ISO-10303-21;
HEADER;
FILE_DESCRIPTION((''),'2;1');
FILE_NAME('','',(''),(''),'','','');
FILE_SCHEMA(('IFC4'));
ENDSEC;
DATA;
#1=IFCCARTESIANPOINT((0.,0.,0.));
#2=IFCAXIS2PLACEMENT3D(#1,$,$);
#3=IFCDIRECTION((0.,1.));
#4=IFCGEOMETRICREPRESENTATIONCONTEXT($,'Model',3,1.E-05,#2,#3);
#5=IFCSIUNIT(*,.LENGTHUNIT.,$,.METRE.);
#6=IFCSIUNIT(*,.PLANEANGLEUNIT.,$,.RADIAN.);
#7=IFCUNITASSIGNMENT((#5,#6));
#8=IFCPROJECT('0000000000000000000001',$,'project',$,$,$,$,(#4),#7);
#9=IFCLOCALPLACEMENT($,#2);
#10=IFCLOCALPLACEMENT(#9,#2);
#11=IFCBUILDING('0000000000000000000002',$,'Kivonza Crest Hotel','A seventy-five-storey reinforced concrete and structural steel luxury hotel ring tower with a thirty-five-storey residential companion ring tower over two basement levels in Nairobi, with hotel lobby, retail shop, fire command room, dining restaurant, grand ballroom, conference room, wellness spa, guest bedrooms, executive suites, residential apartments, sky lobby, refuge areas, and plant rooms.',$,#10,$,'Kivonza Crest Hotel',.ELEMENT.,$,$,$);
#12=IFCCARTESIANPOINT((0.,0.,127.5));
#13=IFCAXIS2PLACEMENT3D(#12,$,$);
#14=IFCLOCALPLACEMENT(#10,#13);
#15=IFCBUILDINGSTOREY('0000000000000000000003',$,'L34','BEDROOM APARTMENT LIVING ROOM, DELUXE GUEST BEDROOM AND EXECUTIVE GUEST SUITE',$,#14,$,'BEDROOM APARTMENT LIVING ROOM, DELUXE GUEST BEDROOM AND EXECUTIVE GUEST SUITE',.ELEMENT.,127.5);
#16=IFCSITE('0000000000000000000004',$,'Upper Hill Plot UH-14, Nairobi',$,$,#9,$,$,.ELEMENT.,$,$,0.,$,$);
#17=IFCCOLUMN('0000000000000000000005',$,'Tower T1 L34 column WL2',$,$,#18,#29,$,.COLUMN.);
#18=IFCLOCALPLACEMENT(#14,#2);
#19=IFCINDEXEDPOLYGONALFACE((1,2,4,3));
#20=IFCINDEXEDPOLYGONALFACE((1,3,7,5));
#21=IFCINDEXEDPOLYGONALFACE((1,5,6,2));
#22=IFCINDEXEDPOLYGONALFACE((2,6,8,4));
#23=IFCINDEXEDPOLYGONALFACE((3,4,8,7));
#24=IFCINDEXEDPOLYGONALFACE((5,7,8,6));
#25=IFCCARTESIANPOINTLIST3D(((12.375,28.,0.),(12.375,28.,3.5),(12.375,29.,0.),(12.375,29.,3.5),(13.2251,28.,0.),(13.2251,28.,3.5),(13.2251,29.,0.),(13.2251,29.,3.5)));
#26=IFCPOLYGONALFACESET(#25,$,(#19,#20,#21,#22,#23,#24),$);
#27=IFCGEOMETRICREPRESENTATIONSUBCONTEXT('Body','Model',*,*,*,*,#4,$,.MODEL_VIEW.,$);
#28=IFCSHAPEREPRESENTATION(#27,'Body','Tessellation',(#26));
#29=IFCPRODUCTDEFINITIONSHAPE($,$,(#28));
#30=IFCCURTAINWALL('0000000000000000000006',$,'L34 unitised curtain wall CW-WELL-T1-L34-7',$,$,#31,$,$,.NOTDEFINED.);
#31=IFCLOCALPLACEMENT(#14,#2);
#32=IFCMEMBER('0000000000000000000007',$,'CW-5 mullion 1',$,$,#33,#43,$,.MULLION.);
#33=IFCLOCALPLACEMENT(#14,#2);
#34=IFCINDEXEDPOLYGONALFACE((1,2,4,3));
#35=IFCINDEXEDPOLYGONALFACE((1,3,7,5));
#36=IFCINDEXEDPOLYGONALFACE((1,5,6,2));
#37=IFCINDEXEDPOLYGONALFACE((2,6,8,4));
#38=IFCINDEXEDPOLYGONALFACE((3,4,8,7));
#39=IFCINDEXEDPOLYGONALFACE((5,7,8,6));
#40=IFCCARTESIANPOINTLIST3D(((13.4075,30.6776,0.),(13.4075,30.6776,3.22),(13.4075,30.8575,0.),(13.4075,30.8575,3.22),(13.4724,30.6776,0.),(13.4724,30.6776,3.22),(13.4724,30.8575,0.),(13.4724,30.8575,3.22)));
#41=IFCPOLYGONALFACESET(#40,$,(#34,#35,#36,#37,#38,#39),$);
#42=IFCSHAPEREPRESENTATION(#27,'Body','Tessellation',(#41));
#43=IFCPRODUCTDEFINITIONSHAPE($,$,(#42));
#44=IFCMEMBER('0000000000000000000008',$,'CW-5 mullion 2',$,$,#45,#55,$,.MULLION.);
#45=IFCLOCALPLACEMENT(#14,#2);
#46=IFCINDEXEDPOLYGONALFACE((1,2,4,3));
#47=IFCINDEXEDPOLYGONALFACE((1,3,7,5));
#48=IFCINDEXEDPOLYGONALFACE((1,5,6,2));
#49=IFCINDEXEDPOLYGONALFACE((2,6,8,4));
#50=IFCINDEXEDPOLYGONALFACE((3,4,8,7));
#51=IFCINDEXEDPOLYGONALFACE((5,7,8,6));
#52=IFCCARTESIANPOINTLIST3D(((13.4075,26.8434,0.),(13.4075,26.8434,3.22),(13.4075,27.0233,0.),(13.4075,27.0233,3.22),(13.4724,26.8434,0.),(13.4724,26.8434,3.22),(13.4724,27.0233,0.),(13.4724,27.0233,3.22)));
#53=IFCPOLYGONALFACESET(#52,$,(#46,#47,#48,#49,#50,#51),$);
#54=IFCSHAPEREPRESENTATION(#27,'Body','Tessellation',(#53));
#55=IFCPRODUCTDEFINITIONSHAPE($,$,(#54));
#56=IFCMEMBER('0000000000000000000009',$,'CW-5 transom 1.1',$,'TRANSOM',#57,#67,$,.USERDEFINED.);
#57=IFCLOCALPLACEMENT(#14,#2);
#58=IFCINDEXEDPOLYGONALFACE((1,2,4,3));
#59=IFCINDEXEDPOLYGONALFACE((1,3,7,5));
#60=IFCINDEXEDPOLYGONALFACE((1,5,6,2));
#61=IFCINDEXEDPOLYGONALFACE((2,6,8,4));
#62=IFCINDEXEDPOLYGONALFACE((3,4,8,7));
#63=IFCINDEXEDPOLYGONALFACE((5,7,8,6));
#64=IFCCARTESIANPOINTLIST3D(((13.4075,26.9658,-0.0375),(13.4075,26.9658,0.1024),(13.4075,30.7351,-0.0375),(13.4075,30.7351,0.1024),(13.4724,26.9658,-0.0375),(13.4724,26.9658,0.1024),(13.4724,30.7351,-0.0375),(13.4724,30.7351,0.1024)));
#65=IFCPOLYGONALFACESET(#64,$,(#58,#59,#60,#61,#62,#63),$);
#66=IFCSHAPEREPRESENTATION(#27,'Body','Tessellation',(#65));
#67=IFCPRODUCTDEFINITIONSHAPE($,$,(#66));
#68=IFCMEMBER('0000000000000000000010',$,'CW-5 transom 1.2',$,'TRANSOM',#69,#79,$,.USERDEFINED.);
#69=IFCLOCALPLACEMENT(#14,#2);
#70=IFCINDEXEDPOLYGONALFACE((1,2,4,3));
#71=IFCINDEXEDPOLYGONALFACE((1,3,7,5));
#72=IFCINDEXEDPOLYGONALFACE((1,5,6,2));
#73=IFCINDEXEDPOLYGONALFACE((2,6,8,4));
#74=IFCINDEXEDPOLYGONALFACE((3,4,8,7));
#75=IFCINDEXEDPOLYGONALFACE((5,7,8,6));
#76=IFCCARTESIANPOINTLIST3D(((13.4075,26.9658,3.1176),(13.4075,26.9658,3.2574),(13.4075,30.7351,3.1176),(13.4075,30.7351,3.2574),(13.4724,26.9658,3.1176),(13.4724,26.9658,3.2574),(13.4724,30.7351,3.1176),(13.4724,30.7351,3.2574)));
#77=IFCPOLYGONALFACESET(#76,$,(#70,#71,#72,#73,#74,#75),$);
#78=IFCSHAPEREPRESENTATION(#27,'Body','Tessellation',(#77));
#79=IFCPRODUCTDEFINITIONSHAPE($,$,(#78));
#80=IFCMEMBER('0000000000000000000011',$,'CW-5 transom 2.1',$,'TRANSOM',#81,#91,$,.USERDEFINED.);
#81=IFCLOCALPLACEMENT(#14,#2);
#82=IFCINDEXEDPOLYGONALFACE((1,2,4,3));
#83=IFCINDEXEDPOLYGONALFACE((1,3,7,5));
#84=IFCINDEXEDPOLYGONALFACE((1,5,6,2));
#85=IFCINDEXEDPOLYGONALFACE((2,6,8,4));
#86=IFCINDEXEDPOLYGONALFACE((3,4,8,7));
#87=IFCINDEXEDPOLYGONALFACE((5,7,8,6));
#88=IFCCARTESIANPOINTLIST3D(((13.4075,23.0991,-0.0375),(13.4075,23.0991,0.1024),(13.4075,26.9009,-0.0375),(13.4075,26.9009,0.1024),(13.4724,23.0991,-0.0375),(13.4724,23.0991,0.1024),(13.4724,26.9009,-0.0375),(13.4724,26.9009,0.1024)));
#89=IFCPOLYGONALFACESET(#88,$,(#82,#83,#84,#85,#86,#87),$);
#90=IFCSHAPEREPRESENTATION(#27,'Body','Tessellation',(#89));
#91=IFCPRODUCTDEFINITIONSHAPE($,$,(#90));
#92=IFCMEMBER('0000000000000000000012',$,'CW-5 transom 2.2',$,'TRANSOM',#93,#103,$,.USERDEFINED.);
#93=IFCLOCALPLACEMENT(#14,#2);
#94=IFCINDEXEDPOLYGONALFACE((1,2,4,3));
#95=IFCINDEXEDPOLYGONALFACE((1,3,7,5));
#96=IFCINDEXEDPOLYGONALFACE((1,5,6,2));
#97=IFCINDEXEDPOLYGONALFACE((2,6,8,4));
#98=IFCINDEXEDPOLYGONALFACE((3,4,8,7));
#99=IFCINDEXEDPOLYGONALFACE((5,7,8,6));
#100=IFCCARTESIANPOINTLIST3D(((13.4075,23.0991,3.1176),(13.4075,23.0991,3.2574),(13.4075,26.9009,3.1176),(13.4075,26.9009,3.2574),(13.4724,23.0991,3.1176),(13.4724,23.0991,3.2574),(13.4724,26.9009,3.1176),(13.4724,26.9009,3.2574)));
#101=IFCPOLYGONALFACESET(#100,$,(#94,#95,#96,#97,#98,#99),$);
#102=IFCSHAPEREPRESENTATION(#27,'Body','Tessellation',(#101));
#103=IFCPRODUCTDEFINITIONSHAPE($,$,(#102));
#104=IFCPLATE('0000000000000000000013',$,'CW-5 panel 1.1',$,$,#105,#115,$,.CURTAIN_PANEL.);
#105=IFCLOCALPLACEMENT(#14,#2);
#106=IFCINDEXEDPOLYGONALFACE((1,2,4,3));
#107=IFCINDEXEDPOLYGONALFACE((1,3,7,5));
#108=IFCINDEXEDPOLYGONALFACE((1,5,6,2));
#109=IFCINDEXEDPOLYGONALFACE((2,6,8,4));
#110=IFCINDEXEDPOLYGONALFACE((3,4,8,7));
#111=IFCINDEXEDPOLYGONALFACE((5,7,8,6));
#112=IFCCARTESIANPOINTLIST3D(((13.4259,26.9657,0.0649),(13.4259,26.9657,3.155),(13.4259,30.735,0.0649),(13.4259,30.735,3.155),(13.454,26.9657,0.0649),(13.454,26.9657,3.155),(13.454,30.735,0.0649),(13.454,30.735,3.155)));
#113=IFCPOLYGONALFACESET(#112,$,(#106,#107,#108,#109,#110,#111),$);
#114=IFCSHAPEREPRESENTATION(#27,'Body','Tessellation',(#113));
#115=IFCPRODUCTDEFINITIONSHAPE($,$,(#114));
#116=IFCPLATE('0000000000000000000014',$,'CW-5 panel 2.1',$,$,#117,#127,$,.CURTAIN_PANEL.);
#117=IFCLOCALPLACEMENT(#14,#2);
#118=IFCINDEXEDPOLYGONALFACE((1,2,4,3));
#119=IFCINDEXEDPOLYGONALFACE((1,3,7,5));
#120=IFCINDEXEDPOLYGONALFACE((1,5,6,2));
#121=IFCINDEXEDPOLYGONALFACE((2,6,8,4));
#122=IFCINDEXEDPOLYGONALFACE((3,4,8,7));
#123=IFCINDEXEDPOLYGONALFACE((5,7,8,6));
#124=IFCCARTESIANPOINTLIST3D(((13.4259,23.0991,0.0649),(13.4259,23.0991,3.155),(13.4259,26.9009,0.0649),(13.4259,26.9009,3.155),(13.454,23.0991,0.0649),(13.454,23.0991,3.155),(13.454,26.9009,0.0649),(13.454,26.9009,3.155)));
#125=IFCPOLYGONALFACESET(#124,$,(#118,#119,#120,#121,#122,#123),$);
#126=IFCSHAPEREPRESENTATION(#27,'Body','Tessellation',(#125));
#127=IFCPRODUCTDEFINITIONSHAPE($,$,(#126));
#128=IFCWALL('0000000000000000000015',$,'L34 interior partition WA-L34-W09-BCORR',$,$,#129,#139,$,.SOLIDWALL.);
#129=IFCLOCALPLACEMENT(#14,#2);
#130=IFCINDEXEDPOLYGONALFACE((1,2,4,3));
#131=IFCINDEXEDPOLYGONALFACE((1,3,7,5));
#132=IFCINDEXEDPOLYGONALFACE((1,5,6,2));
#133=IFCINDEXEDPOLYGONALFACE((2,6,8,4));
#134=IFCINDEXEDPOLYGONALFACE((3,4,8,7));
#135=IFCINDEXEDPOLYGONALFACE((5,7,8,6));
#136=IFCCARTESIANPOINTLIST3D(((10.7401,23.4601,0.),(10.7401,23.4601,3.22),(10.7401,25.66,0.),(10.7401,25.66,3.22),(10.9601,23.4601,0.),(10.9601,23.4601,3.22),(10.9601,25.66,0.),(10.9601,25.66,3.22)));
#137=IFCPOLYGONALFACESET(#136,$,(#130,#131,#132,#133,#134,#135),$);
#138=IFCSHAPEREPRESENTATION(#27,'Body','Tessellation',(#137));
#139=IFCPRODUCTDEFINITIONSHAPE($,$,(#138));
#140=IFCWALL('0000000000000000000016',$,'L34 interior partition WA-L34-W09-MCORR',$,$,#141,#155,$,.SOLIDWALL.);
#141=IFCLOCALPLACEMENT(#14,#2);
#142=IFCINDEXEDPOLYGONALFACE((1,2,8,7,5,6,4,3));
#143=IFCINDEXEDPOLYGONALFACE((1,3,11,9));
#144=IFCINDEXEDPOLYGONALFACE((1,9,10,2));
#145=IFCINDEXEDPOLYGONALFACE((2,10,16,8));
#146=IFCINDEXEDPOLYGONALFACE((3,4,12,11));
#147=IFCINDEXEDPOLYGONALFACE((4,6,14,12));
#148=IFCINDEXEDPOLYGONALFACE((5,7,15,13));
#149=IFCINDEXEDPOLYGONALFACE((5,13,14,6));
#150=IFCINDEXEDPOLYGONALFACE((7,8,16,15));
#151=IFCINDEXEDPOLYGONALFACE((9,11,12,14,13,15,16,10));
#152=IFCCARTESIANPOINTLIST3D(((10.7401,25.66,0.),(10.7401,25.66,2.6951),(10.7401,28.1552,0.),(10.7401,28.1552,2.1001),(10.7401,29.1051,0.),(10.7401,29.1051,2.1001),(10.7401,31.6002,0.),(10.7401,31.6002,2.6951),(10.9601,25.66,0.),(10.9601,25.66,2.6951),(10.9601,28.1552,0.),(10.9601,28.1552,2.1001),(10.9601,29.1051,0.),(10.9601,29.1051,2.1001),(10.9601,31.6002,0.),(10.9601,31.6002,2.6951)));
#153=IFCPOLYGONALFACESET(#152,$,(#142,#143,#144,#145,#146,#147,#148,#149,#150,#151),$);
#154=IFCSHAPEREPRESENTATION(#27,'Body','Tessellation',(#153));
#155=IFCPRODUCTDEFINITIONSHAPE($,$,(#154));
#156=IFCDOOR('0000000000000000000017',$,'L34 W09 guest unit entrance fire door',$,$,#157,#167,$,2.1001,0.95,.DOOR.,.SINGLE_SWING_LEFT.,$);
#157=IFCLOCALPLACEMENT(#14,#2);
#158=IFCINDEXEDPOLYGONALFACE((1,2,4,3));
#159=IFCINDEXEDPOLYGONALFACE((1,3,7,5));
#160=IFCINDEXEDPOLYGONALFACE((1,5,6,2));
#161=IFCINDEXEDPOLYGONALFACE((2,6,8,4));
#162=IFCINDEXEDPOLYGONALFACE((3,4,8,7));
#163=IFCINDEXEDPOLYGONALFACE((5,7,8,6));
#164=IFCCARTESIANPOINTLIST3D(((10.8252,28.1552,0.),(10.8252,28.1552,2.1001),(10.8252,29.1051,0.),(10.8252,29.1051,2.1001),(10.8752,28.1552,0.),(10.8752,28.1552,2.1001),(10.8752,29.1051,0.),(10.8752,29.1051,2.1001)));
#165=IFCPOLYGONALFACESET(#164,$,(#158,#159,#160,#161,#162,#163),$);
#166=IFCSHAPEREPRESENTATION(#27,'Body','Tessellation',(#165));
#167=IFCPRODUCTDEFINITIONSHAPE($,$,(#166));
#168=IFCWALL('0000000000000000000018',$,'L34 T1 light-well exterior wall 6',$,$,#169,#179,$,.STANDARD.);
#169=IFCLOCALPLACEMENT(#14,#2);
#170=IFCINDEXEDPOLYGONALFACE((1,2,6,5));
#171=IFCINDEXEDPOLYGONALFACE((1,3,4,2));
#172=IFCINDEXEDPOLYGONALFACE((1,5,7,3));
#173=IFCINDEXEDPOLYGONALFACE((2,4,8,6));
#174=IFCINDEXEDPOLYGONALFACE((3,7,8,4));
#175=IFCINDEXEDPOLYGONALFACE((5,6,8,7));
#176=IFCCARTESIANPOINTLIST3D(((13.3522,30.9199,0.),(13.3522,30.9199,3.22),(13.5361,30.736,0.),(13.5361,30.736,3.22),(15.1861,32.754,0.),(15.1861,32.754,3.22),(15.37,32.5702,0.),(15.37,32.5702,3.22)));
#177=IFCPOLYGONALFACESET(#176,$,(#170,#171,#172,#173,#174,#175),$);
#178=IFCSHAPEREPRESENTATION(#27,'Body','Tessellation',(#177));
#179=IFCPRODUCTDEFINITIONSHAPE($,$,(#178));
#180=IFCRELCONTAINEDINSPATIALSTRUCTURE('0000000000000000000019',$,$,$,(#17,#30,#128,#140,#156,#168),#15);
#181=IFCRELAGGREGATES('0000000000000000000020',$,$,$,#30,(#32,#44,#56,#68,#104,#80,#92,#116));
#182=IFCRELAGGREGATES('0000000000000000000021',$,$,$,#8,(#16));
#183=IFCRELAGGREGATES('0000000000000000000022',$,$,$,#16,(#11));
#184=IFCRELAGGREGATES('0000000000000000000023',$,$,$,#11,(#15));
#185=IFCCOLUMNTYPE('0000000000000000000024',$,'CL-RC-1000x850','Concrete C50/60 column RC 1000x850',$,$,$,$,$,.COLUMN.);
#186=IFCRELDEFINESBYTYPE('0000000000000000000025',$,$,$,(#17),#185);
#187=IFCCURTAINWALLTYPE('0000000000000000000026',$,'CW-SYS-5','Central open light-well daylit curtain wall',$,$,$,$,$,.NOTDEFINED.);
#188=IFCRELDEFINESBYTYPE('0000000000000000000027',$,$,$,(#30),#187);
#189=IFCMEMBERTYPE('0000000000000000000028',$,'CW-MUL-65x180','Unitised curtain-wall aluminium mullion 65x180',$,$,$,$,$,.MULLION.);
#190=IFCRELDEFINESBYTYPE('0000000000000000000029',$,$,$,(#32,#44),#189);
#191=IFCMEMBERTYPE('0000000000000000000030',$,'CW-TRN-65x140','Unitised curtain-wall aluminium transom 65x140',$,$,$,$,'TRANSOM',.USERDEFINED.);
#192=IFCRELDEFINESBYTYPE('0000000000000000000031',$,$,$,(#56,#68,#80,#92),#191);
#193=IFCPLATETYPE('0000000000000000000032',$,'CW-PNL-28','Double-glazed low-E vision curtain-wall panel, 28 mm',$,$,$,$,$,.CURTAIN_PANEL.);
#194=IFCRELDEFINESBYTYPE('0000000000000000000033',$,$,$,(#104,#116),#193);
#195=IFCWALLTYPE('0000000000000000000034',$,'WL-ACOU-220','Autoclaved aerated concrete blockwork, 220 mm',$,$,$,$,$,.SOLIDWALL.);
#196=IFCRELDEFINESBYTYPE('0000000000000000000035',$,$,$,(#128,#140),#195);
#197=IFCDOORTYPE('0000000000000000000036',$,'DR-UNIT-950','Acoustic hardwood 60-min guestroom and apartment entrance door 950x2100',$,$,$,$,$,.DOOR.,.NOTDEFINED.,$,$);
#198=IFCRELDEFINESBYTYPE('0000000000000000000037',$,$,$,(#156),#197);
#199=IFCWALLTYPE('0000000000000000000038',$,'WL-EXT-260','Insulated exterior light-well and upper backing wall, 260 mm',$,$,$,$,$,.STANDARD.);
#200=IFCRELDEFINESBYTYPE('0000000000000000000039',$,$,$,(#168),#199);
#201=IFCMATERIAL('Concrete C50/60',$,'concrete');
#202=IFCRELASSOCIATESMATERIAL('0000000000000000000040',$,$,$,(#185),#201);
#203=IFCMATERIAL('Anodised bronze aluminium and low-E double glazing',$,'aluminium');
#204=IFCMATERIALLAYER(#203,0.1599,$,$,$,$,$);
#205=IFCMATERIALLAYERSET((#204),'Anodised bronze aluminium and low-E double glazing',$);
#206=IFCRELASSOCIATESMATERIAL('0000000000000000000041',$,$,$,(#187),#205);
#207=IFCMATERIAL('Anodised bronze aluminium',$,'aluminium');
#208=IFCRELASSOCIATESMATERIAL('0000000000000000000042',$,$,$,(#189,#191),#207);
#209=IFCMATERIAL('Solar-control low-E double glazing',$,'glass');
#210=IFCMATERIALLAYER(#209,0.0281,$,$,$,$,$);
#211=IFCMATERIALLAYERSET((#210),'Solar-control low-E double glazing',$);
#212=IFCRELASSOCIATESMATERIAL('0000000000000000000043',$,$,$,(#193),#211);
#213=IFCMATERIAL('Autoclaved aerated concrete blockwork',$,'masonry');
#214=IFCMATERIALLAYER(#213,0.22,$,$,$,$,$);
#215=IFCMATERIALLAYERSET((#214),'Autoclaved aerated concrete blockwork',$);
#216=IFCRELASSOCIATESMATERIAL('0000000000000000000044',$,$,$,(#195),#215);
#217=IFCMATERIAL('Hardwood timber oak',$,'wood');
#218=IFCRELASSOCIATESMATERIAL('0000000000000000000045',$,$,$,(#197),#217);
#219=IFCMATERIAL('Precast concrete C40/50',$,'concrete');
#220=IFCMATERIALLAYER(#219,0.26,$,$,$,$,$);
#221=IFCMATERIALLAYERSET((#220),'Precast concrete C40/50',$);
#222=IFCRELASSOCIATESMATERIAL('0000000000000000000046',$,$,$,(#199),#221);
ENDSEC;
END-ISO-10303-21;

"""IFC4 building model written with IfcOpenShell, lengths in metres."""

from ifc_helpers import new_model, si_unit, direction, frame, frame_2d, origin, origin_2d, place, context, subcontext, project, spatial, rectangle, extrude, material, layer, layer_set, material_profile, profile_set, type_object, element, fill, aggregate, save


model = new_model("IFC4")

# Units and contexts
model_context = context("Model", 3, precision=1e-05, world=origin(), true_north=direction((0.0, 1.0)))
body_context = subcontext(model_context, "Body", "Model", "MODEL_VIEW")
ifc_project = project(units=[si_unit("LENGTHUNIT", "METRE"), si_unit("PLANEANGLEUNIT", "RADIAN")], contexts=[model_context])

# Site, building, storey
site_placement = place(None, origin())
site = spatial("IfcSite", under=ifc_project, at=site_placement, Name="Upper Hill Plot UH-14, Nairobi", CompositionType="ELEMENT", RefElevation=0.0)
building_placement = place(site_placement, origin())
building = spatial("IfcBuilding", under=site, at=building_placement, Name="Kivonza Crest Hotel", Description="A seventy-five-storey reinforced concrete and structural steel luxury hotel ring tower with a thirty-five-storey residential companion ring tower over two basement levels in Nairobi, with hotel lobby, retail shop, fire command room, dining restaurant, grand ballroom, conference room, wellness spa, guest bedrooms, executive suites, residential apartments, sky lobby, refuge areas, and plant rooms.", LongName="Kivonza Crest Hotel", CompositionType="ELEMENT")
storey_placement = place(building_placement, frame((0.0, 0.0, 127.5)))
storey = spatial("IfcBuildingStorey", under=building, at=storey_placement, Name="L34", Description="BEDROOM APARTMENT LIVING ROOM, DELUXE GUEST BEDROOM AND EXECUTIVE GUEST SUITE", LongName="BEDROOM APARTMENT LIVING ROOM, DELUXE GUEST BEDROOM AND EXECUTIVE GUEST SUITE", CompositionType="ELEMENT", Elevation=127.5)

# Column
ifc_material_1 = material(Name="Concrete C50/60", Category="concrete")
ifc_material_profile_1 = material_profile(ifc_material_1, rectangle(XDim=0.8501, YDim=1.0, at=origin_2d()), Name="RC 1000x850")
ifc_profile_set_1 = profile_set([ifc_material_profile_1], Name="Concrete C50/60")
column_type = type_object("IfcColumnType", Name="CL-RC-1000x850", Description="Concrete C50/60 column RC 1000x850", PredefinedType="COLUMN", material=ifc_profile_set_1)
column_placement = place(storey_placement, frame((12.8, 28.5, 0.0), z_axis=(0.0, 0.0, 1.0), x_axis=(1.0, 0.0, 0.0)))
element("IfcColumn", 1, at=column_placement, inside=storey, type_object=column_type, Name="Tower T1 L34 column WL2", PredefinedType="COLUMN", context=body_context, shape_type="SweptSolid", body=[
    extrude(rectangle(XDim=0.8501, YDim=1.0, at=origin_2d()), origin(), (0.0, 0.0, 1.0), 3.5),
])

# Curtain wall, members, plates
ifc_material_2 = material(Name="Anodised bronze aluminium and low-E double glazing", Category="aluminium")
ifc_layer_1 = layer(ifc_material_2, 0.1599)
ifc_layer_set_1 = layer_set([ifc_layer_1], Name="Anodised bronze aluminium and low-E double glazing")
curtain_wall_type = type_object("IfcCurtainWallType", Name="CW-SYS-5", Description="Central open light-well daylit curtain wall", PredefinedType="NOTDEFINED", material=ifc_layer_set_1)
curtain_wall_placement = place(storey_placement, origin())
curtain_wall = element("IfcCurtainWall", 2, at=curtain_wall_placement, inside=storey, type_object=curtain_wall_type, Name="L34 unitised curtain wall CW-WELL-T1-L34-7", PredefinedType="NOTDEFINED")
ifc_material_3 = material(Name="Anodised bronze aluminium", Category="aluminium")
ifc_material_profile_2 = material_profile(ifc_material_3, rectangle(XDim=0.0649, YDim=0.1799, at=origin_2d()), Name="CW-M 65x180")
ifc_profile_set_2 = profile_set([ifc_material_profile_2], Name="Anodised bronze aluminium")
member_type_1 = type_object("IfcMemberType", Name="CW-MUL-65x180", Description="Unitised curtain-wall aluminium mullion 65x180", PredefinedType="MULLION", material=ifc_profile_set_2)
member_1_placement = place(storey_placement, frame((13.4399, 30.7676, 0.0), z_axis=(0.0, 0.0, 1.0), x_axis=(1.0, 0.0, 0.0)))
member_1 = element("IfcMember", 3, at=member_1_placement, type_object=member_type_1, Name="CW-5 mullion 1", PredefinedType="MULLION", context=body_context, shape_type="SweptSolid", body=[
    extrude(rectangle(XDim=0.0649, YDim=0.1799, at=origin_2d()), origin(), (0.0, 0.0, 1.0), 3.22),
])
member_2_placement = place(storey_placement, frame((13.4399, 26.9333, 0.0), z_axis=(0.0, 0.0, 1.0), x_axis=(1.0, 0.0, 0.0)))
member_2 = element("IfcMember", 4, at=member_2_placement, type_object=member_type_1, Name="CW-5 mullion 2", PredefinedType="MULLION", context=body_context, shape_type="SweptSolid", body=[
    extrude(rectangle(XDim=0.0649, YDim=0.1799, at=origin_2d()), origin(), (0.0, 0.0, 1.0), 3.22),
])
ifc_material_profile_3 = material_profile(ifc_material_3, rectangle(XDim=0.0649, YDim=0.1399, at=origin_2d()), Name="CW-T 65x140")
ifc_profile_set_3 = profile_set([ifc_material_profile_3], Name="Anodised bronze aluminium")
member_type_2 = type_object("IfcMemberType", Name="CW-TRN-65x140", Description="Unitised curtain-wall aluminium transom 65x140", ElementType="TRANSOM", PredefinedType="USERDEFINED", material=ifc_profile_set_3)
member_3_placement = place(storey_placement, frame((13.4399, 30.7351, 0.0325), z_axis=(0.0, -1.0, 0.0), x_axis=(1.0, 0.0, 0.0)))
member_3 = element("IfcMember", 5, at=member_3_placement, type_object=member_type_2, Name="CW-5 transom 1.1", ObjectType="TRANSOM", PredefinedType="USERDEFINED", context=body_context, shape_type="SweptSolid", body=[
    extrude(rectangle(XDim=0.0649, YDim=0.1399, at=origin_2d()), origin(), (0.0, 0.0, 1.0), 3.7693),
])
member_4_placement = place(storey_placement, frame((13.4399, 30.7351, 3.1875), z_axis=(0.0, -1.0, 0.0), x_axis=(1.0, 0.0, 0.0)))
member_4 = element("IfcMember", 6, at=member_4_placement, type_object=member_type_2, Name="CW-5 transom 1.2", ObjectType="TRANSOM", PredefinedType="USERDEFINED", context=body_context, shape_type="SweptSolid", body=[
    extrude(rectangle(XDim=0.0649, YDim=0.1399, at=origin_2d()), origin(), (0.0, 0.0, 1.0), 3.7693),
])
member_5_placement = place(storey_placement, frame((13.4399, 26.9009, 0.0325), z_axis=(0.0, -1.0, 0.0), x_axis=(1.0, 0.0, 0.0)))
member_5 = element("IfcMember", 7, at=member_5_placement, type_object=member_type_2, Name="CW-5 transom 2.1", ObjectType="TRANSOM", PredefinedType="USERDEFINED", context=body_context, shape_type="SweptSolid", body=[
    extrude(rectangle(XDim=0.0649, YDim=0.1399, at=origin_2d()), origin(), (0.0, 0.0, 1.0), 3.8018),
])
member_6_placement = place(storey_placement, frame((13.4399, 26.9009, 3.1875), z_axis=(0.0, -1.0, 0.0), x_axis=(1.0, 0.0, 0.0)))
member_6 = element("IfcMember", 8, at=member_6_placement, type_object=member_type_2, Name="CW-5 transom 2.2", ObjectType="TRANSOM", PredefinedType="USERDEFINED", context=body_context, shape_type="SweptSolid", body=[
    extrude(rectangle(XDim=0.0649, YDim=0.1399, at=origin_2d()), origin(), (0.0, 0.0, 1.0), 3.8018),
])
ifc_material_4 = material(Name="Solar-control low-E double glazing", Category="glass")
ifc_layer_2 = layer(ifc_material_4, 0.0281)
ifc_layer_set_2 = layer_set([ifc_layer_2], Name="Solar-control low-E double glazing")
plate_type = type_object("IfcPlateType", Name="CW-PNL-28", Description="Double-glazed low-E vision curtain-wall panel, 28 mm", PredefinedType="CURTAIN_PANEL", material=ifc_layer_set_2)
plate_1_placement = place(storey_placement, frame((13.4399, 28.8503, 0.0649), z_axis=(0.0, 0.0, 1.0), x_axis=(0.0, -1.0, 0.0)))
plate_1 = element("IfcPlate", 9, at=plate_1_placement, type_object=plate_type, Name="CW-5 panel 1.1", PredefinedType="CURTAIN_PANEL", context=body_context, shape_type="SweptSolid", body=[
    extrude(rectangle(XDim=3.7693, YDim=0.0281, at=origin_2d()), origin(), (0.0, 0.0, 1.0), 3.0901),
])
plate_2_placement = place(storey_placement, frame((13.4399, 25.0, 0.0649), z_axis=(0.0, 0.0, 1.0), x_axis=(0.0, -1.0, 0.0)))
plate_2 = element("IfcPlate", 10, at=plate_2_placement, type_object=plate_type, Name="CW-5 panel 2.1", PredefinedType="CURTAIN_PANEL", context=body_context, shape_type="SweptSolid", body=[
    extrude(rectangle(XDim=3.8018, YDim=0.0281, at=origin_2d()), origin(), (0.0, 0.0, 1.0), 3.0901),
])
aggregate(curtain_wall, [member_1, member_2, member_3, member_4, plate_1, member_5, member_6, plate_2])

# Wall
ifc_material_5 = material(Name="Autoclaved aerated concrete blockwork", Category="masonry")
ifc_layer_3 = layer(ifc_material_5, 0.22)
ifc_layer_set_3 = layer_set([ifc_layer_3], Name="Autoclaved aerated concrete blockwork")
wall_type_1 = type_object("IfcWallType", Name="WL-ACOU-220", Description="Autoclaved aerated concrete blockwork, 220 mm", PredefinedType="SOLIDWALL", material=ifc_layer_set_3)
wall_1_placement = place(storey_placement, frame((10.8501, 23.46, 0.0), z_axis=(0.0, 0.0, 1.0), x_axis=(0.0, 1.0, 0.0)))
element("IfcWall", 11, at=wall_1_placement, inside=storey, type_object=wall_type_1, Name="L34 interior partition WA-L34-W09-BCORR", PredefinedType="SOLIDWALL", context=body_context, shape_type="SweptSolid", body=[
    extrude(rectangle(XDim=2.2, YDim=0.22, at=frame_2d((1.1001, 0.0))), origin(), (0.0, 0.0, 1.0), 3.22),
])

# Wall, opening, door
wall_2_placement = place(storey_placement, frame((10.8501, 25.6599, 0.0), z_axis=(0.0, 0.0, 1.0), x_axis=(0.0, 1.0, 0.0)))
wall_2 = element("IfcWall", 12, at=wall_2_placement, inside=storey, type_object=wall_type_1, Name="L34 interior partition WA-L34-W09-MCORR", PredefinedType="SOLIDWALL", context=body_context, shape_type="SweptSolid", body=[
    extrude(rectangle(XDim=5.9402, YDim=0.22, at=frame_2d((2.9702, 0.0))), origin(), (0.0, 0.0, 1.0), 2.6951),
])
opening_1_placement = place(wall_2_placement, frame((2.4951, 0.0, 0.0)))
opening_1 = element("IfcOpeningElement", 13, at=opening_1_placement, cuts=wall_2, PredefinedType="OPENING", context=body_context, shape_type="SweptSolid", body=[
    extrude(rectangle(XDim=0.95, YDim=2.1001, at=frame_2d((0.4751, 1.05))), frame((0.0, 0.1201, 0.0), z_axis=(0.0, -1.0, 0.0), x_axis=(1.0, 0.0, 0.0)), (0.0, 0.0, 1.0), 0.24),
])
ifc_material_6 = material(Name="Hardwood timber oak", Category="wood")
door_type_1 = type_object("IfcDoorType", Name="DR-UNIT-950", Description="Acoustic hardwood 60-min guestroom and apartment entrance door 950x2100", OperationType="NOTDEFINED", PredefinedType="DOOR", material=ifc_material_6)
door_1_placement = place(opening_1_placement, origin())
door_1 = element("IfcDoor", 14, at=door_1_placement, inside=storey, type_object=door_type_1, Name="L34 W09 guest unit entrance fire door", OperationType="SINGLE_SWING_LEFT", OverallHeight=2.1001, OverallWidth=0.95, PredefinedType="DOOR", context=body_context, shape_type="SweptSolid", body=[
    extrude(rectangle(XDim=0.95, YDim=2.1001, at=frame_2d((0.4751, 1.05))), frame((0.0, 0.0249, 0.0), z_axis=(0.0, -1.0, 0.0), x_axis=(1.0, 0.0, 0.0)), (0.0, 0.0, 1.0), 0.05),
])
fill(opening_1, door_1)

# Wall
ifc_material_7 = material(Name="Precast concrete C40/50", Category="concrete")
ifc_layer_4 = layer(ifc_material_7, 0.26)
ifc_layer_set_4 = layer_set([ifc_layer_4], Name="Precast concrete C40/50")
wall_type_2 = type_object("IfcWallType", Name="WL-EXT-260", Description="Insulated exterior light-well and upper backing wall, 260 mm", PredefinedType="STANDARD", material=ifc_layer_set_4)
wall_3_placement = place(storey_placement, frame((15.2781, 32.6621, 0.0), z_axis=(0.0, 0.0, 1.0), x_axis=(-0.70706, -0.707154, 0.0)))
element("IfcWall", 15, at=wall_3_placement, inside=storey, type_object=wall_type_2, Name="L34 T1 light-well exterior wall 6", PredefinedType="STANDARD", context=body_context, shape_type="SweptSolid", body=[
    extrude(rectangle(XDim=2.5938, YDim=0.26, at=frame_2d((1.2969, 0.0))), origin(), (0.0, 0.0, 1.0), 3.22),
])

save(model, "model.ifc")
